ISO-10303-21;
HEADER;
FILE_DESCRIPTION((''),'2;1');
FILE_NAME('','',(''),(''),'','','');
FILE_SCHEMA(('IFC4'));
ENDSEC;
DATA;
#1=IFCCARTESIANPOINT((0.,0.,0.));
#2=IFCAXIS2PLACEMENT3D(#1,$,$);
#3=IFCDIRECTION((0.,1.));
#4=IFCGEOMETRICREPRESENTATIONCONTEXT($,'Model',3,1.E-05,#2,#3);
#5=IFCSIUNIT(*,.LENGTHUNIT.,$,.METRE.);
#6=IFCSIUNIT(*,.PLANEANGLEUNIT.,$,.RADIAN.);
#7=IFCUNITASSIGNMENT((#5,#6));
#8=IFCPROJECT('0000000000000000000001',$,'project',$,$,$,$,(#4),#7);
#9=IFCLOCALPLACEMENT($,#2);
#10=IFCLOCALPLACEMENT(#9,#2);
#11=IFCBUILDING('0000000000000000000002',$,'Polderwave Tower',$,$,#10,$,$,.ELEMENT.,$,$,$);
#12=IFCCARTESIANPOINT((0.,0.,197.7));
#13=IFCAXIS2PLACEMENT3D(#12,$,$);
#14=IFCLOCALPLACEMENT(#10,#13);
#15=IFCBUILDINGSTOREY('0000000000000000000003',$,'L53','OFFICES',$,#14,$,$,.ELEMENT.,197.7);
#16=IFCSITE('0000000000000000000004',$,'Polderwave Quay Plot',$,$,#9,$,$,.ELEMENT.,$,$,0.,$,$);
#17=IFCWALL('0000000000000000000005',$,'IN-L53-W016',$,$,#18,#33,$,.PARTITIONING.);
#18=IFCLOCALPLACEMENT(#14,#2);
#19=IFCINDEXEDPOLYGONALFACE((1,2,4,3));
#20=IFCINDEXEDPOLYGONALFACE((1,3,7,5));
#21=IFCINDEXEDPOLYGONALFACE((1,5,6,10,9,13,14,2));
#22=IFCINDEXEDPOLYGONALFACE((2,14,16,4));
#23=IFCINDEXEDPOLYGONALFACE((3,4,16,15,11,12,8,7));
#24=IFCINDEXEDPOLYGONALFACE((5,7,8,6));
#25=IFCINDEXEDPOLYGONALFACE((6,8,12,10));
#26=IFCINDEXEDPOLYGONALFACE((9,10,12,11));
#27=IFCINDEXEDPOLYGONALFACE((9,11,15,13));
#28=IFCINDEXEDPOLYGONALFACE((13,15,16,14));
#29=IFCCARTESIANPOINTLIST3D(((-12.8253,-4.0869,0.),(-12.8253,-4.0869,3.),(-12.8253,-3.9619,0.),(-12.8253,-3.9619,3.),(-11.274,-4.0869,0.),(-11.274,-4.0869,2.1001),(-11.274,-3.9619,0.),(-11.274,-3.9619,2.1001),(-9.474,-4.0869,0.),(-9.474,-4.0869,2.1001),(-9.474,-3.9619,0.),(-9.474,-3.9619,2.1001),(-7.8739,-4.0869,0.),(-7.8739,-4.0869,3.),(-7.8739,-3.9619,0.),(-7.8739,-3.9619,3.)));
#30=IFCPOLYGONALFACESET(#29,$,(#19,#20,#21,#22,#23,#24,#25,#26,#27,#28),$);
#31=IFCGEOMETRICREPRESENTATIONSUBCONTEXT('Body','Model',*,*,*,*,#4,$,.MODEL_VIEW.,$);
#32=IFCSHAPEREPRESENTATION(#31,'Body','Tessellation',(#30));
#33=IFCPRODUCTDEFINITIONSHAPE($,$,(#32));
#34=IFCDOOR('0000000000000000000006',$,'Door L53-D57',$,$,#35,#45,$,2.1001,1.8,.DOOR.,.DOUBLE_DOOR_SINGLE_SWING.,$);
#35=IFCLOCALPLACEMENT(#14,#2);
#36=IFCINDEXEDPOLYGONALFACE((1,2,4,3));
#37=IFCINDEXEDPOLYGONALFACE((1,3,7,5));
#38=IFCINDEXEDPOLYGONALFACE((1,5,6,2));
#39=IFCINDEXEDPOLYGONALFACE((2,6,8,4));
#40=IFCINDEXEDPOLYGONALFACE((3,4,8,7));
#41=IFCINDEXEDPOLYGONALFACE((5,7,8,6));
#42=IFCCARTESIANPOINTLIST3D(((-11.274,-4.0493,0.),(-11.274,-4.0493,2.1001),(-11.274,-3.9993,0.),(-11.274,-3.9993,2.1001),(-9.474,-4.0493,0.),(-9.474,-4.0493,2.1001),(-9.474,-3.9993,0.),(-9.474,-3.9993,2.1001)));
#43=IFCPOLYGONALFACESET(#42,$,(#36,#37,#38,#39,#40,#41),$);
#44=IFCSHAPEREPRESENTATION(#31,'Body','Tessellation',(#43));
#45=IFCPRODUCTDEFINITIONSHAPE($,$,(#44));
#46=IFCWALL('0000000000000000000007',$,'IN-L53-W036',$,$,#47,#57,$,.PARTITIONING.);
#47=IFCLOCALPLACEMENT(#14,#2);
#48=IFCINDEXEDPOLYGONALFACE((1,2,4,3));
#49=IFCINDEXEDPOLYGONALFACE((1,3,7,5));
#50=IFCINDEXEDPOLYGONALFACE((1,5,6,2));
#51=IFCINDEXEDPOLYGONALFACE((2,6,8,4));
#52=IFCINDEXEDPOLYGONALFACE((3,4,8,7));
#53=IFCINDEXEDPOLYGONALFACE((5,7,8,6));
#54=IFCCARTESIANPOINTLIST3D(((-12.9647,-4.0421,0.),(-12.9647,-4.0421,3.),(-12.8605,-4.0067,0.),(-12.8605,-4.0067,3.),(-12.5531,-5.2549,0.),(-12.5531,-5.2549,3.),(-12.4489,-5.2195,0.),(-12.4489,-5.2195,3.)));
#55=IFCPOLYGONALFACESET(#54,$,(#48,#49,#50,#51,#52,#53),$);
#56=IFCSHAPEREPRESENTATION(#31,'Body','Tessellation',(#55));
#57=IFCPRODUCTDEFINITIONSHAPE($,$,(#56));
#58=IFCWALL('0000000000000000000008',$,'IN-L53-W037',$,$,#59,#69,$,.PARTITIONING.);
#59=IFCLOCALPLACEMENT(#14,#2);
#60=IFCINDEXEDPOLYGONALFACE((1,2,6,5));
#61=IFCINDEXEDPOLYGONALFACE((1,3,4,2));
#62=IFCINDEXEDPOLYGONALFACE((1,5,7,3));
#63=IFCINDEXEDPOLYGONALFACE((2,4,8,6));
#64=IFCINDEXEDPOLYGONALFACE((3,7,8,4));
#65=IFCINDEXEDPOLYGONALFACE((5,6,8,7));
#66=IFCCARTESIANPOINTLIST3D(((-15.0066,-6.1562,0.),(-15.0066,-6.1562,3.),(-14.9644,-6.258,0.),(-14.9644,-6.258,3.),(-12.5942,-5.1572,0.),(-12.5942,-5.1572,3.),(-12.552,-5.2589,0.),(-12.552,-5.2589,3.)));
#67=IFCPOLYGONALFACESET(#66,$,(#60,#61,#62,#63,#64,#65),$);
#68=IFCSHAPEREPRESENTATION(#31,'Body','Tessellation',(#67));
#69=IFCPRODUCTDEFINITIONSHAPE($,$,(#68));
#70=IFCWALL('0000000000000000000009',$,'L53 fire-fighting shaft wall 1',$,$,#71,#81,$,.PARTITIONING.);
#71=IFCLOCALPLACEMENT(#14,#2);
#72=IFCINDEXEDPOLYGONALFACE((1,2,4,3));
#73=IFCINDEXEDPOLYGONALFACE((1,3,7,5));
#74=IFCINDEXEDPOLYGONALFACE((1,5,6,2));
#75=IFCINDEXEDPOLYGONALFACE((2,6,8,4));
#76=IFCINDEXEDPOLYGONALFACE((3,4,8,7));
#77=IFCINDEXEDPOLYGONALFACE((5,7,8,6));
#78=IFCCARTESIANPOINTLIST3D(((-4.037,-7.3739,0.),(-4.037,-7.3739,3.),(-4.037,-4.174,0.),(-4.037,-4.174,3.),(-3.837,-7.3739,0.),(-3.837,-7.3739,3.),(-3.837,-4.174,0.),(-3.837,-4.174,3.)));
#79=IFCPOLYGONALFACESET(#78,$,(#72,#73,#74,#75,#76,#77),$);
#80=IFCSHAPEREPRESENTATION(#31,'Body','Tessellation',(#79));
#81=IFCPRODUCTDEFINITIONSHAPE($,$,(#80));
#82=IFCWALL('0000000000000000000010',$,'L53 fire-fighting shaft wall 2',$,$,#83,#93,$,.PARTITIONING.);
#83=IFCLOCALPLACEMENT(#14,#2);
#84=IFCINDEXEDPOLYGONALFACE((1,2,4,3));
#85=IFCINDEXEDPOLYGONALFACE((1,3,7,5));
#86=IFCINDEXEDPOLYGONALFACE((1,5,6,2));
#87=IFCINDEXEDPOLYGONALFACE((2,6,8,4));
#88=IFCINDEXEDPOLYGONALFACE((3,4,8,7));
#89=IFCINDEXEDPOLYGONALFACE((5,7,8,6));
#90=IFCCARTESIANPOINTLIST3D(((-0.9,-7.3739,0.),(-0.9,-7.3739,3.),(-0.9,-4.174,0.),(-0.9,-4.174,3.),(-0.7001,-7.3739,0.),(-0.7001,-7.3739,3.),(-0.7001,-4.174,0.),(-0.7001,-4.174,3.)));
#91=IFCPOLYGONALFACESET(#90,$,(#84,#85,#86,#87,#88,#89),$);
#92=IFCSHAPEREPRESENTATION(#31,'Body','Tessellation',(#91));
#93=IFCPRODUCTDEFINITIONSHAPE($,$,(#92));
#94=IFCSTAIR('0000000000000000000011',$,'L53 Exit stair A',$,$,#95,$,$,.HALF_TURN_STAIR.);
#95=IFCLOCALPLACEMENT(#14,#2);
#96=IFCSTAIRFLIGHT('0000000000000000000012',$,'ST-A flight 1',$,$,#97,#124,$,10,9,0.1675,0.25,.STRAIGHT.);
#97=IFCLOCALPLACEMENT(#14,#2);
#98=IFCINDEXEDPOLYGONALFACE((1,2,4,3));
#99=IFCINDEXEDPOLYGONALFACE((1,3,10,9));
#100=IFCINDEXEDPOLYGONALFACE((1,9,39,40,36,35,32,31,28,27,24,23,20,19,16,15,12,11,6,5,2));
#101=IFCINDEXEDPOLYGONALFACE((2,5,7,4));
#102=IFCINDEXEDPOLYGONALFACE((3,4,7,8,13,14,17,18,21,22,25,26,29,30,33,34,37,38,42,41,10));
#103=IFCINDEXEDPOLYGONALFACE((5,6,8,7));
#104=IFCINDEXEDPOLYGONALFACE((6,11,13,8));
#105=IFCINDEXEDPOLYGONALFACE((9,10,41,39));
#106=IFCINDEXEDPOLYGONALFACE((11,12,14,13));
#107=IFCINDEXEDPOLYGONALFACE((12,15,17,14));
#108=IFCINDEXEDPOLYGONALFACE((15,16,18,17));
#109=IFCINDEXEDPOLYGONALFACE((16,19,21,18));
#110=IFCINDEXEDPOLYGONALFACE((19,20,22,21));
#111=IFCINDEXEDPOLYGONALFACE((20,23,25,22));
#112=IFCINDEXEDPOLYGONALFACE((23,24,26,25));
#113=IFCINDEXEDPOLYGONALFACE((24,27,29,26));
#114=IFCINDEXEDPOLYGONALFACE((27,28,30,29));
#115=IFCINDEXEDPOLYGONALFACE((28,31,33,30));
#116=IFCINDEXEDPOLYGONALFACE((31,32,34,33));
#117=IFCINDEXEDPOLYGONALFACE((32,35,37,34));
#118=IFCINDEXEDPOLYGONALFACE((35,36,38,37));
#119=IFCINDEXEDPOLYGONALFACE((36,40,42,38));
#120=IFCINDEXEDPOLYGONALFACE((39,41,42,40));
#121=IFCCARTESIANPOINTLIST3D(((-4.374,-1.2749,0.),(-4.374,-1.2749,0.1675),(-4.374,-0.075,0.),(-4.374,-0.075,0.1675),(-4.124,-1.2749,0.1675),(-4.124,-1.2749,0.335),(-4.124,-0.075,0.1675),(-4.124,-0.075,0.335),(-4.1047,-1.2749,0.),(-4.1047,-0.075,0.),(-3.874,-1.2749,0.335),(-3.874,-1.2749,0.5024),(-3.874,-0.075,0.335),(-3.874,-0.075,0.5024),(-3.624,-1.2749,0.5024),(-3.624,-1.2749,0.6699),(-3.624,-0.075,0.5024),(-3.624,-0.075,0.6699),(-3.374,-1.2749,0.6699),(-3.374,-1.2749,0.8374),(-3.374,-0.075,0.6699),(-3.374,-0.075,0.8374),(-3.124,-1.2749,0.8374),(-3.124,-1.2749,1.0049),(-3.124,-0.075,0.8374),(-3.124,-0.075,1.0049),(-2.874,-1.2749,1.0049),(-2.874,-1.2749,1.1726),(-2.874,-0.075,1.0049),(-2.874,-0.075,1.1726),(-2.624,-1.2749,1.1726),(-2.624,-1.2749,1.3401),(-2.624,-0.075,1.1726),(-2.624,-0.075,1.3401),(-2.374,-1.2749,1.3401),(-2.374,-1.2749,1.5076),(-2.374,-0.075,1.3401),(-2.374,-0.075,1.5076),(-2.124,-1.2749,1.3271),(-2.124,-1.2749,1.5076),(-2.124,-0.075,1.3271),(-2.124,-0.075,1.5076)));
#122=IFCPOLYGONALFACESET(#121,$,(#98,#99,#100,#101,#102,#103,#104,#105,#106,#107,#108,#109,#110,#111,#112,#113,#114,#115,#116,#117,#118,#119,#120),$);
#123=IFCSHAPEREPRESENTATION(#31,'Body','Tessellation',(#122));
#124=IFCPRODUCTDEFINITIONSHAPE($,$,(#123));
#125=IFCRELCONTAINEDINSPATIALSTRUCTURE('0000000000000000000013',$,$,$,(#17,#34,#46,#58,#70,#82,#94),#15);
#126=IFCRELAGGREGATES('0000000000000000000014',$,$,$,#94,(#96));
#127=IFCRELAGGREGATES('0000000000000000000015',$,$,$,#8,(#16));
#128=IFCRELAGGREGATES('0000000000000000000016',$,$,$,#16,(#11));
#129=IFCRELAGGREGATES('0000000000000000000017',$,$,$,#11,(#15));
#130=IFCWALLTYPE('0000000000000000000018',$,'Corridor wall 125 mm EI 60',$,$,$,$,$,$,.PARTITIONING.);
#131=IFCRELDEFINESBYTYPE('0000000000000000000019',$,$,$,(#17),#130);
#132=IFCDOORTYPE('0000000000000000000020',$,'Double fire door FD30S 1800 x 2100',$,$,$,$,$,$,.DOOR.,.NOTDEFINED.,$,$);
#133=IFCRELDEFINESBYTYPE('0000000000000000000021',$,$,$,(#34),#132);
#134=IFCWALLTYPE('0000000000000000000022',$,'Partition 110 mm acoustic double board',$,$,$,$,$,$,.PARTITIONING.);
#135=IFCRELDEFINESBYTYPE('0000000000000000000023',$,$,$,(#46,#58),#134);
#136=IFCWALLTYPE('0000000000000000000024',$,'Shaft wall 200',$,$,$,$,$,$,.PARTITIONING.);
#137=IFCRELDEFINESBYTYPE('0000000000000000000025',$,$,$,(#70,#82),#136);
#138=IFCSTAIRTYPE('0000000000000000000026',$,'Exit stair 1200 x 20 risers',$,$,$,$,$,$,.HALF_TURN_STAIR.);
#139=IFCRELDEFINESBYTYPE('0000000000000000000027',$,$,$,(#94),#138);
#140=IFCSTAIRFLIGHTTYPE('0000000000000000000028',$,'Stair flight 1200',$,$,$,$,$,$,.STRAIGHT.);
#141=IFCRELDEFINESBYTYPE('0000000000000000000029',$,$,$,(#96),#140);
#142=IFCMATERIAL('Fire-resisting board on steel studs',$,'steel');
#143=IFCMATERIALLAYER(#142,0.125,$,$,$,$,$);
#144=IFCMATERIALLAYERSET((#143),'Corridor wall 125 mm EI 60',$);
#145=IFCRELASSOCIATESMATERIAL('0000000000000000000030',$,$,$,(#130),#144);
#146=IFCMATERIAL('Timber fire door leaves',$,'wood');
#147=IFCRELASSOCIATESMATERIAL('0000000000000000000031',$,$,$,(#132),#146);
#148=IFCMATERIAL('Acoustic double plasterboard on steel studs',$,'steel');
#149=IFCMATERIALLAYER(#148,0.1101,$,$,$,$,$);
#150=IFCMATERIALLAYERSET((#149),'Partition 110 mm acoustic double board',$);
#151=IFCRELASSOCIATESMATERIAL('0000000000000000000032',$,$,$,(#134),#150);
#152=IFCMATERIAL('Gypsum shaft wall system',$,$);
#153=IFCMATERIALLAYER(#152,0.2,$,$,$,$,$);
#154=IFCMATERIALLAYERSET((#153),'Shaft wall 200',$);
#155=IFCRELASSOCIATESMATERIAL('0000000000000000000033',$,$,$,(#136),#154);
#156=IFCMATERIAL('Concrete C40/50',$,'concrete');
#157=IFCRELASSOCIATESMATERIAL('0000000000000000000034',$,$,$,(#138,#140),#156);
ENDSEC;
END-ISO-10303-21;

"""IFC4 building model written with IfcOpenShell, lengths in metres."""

from ifc_helpers import new_model, si_unit, direction, frame, frame_2d, origin, place, context, subcontext, project, spatial, polyline, rectangle, outline, extrude, material, layer, layer_set, type_object, element, fill, aggregate, save


model = new_model("IFC4")

# Units and contexts
model_context = context("Model", 3, precision=1e-05, world=origin(), true_north=direction((0.0, 1.0)))
body_context = subcontext(model_context, "Body", "Model", "MODEL_VIEW")
ifc_project = project(units=[si_unit("LENGTHUNIT", "METRE"), si_unit("PLANEANGLEUNIT", "RADIAN")], contexts=[model_context])

# Site, building, storey
site_placement = place(None, origin())
site = spatial("IfcSite", under=ifc_project, at=site_placement, Name="Polderwave Quay Plot", CompositionType="ELEMENT", RefElevation=0.0)
building_placement = place(site_placement, origin())
building = spatial("IfcBuilding", under=site, at=building_placement, Name="Polderwave Tower", CompositionType="ELEMENT")
storey_placement = place(building_placement, frame((0.0, 0.0, 197.7)))
storey = spatial("IfcBuildingStorey", under=building, at=storey_placement, Name="L53", Description="OFFICES", CompositionType="ELEMENT", Elevation=197.7)

# Shared definitions
ifc_material_1 = material(Name="Fire-resisting board on steel studs", Category="steel")
ifc_layer_1 = layer(ifc_material_1, 0.125)
ifc_layer_set_1 = layer_set([ifc_layer_1], Name="Corridor wall 125 mm EI 60")
wall_type_1 = type_object("IfcWallType", Name="Corridor wall 125 mm EI 60", PredefinedType="PARTITIONING", material=ifc_layer_set_1)

# Wall, opening, door
wall_1_placement = place(storey_placement, frame((-7.874, -4.0244, 0.0), z_axis=(0.0, 0.0, 1.0), x_axis=(-1.0, 0.0, 0.0)))
wall_1 = element("IfcWall", 1, at=wall_1_placement, inside=storey, type_object=wall_type_1, Name="IN-L53-W016", PredefinedType="PARTITIONING", context=body_context, shape_type="SweptSolid", body=[
    extrude(rectangle(XDim=4.9514, YDim=0.125, at=frame_2d((2.4756, 0.0))), origin(), (0.0, 0.0, 1.0), 3.0),
])
opening_1_placement = place(wall_1_placement, frame((1.6001, 0.0, 0.0)))
opening_1 = element("IfcOpeningElement", 2, at=opening_1_placement, cuts=wall_1, PredefinedType="OPENING", context=body_context, shape_type="SweptSolid", body=[
    extrude(rectangle(XDim=1.8, YDim=2.1001, at=frame_2d((0.8999, 1.05))), frame((0.0, 0.0725, 0.0), z_axis=(0.0, -1.0, 0.0), x_axis=(1.0, 0.0, 0.0)), (0.0, 0.0, 1.0), 0.145),
])
ifc_material_2 = material(Name="Timber fire door leaves", Category="wood")
door_type_1 = type_object("IfcDoorType", Name="Double fire door FD30S 1800 x 2100", OperationType="NOTDEFINED", PredefinedType="DOOR", material=ifc_material_2)
door_1_placement = place(opening_1_placement, origin())
door_1 = element("IfcDoor", 3, at=door_1_placement, inside=storey, type_object=door_type_1, Name="Door L53-D57", OperationType="DOUBLE_DOOR_SINGLE_SWING", OverallHeight=2.1001, OverallWidth=1.8, PredefinedType="DOOR", context=body_context, shape_type="SweptSolid", body=[
    extrude(rectangle(XDim=1.8, YDim=2.1001, at=frame_2d((0.8999, 1.05))), frame((0.0, 0.0249, 0.0), z_axis=(0.0, -1.0, 0.0), x_axis=(1.0, 0.0, 0.0)), (0.0, 0.0, 1.0), 0.05),
])
fill(opening_1, door_1)

# Walls
ifc_material_3 = material(Name="Acoustic double plasterboard on steel studs", Category="steel")
ifc_layer_2 = layer(ifc_material_3, 0.1101)
ifc_layer_set_2 = layer_set([ifc_layer_2], Name="Partition 110 mm acoustic double board")
wall_type_2 = type_object("IfcWallType", Name="Partition 110 mm acoustic double board", PredefinedType="PARTITIONING", material=ifc_layer_set_2)
wall_2_placement = place(storey_placement, frame((-12.9126, -4.0244, 0.0), z_axis=(0.0, 0.0, 1.0), x_axis=(0.32137, -0.946954, 0.0)))
element("IfcWall", 4, at=wall_2_placement, inside=storey, type_object=wall_type_2, Name="IN-L53-W036", PredefinedType="PARTITIONING", context=body_context, shape_type="SweptSolid", body=[
    extrude(rectangle(XDim=1.2808, YDim=0.1101, at=frame_2d((0.6404, 0.0))), origin(), (0.0, 0.0, 1.0), 3.0),
])
wall_3_placement = place(storey_placement, frame((-12.573, -5.208, 0.0), z_axis=(0.0, 0.0, 1.0), x_axis=(-0.923907, -0.382616, 0.0)))
element("IfcWall", 5, at=wall_3_placement, inside=storey, type_object=wall_type_2, Name="IN-L53-W037", PredefinedType="PARTITIONING", context=body_context, shape_type="SweptSolid", body=[
    extrude(rectangle(XDim=2.6111, YDim=0.1101, at=frame_2d((1.3057, 0.0))), origin(), (0.0, 0.0, 1.0), 3.0),
])
ifc_material_4 = material(Name="Gypsum shaft wall system")
ifc_layer_3 = layer(ifc_material_4, 0.2)
ifc_layer_set_3 = layer_set([ifc_layer_3], Name="Shaft wall 200")
wall_type_3 = type_object("IfcWallType", Name="Shaft wall 200", PredefinedType="PARTITIONING", material=ifc_layer_set_3)
for number, where, z_axis, x_axis, name in (
    (6, (-3.937, -7.374, 0.0), (0.0, 0.0, 1.0), (0.0, 1.0, 0.0), "L53 fire-fighting shaft wall 1"),
    (7, (-0.8, -7.374, 0.0), (0.0, 0.0, 1.0), (0.0, 1.0, 0.0), "L53 fire-fighting shaft wall 2"),
):
    element("IfcWall", number, at=place(storey_placement, frame(where, z_axis=z_axis, x_axis=x_axis)), inside=storey, type_object=wall_type_3, Name=name, PredefinedType="PARTITIONING", context=body_context, shape_type="SweptSolid", body=[
        extrude(rectangle(XDim=3.2, YDim=0.2, at=frame_2d((1.6001, 0.0))), origin(), (0.0, 0.0, 1.0), 3.0),
    ])

# Stair, stair flight
ifc_material_5 = material(Name="Concrete C40/50", Category="concrete")
stair_type = type_object("IfcStairType", Name="Exit stair 1200 x 20 risers", PredefinedType="HALF_TURN_STAIR", material=ifc_material_5)
stair_placement = place(storey_placement, origin())
stair = element("IfcStair", 8, at=stair_placement, inside=storey, type_object=stair_type, Name="L53 Exit stair A", PredefinedType="HALF_TURN_STAIR")
stair_flight_type = type_object("IfcStairFlightType", Name="Stair flight 1200", PredefinedType="STRAIGHT", material=ifc_material_5)
stair_flight_placement = place(storey_placement, frame((-4.374, -0.675, 0.0), z_axis=(0.0, 0.0, 1.0), x_axis=(1.0, 0.0, 0.0)))
stair_flight = element("IfcStairFlight", 9, at=stair_flight_placement, type_object=stair_flight_type, Name="ST-A flight 1", NumberOfRisers=10, NumberOfTreads=9, PredefinedType="STRAIGHT", RiserHeight=0.1675, TreadLength=0.25, context=body_context, shape_type="SweptSolid", body=[
    extrude(outline(polyline([(0.0, 0.0), (0.0, 0.1675), (0.25, 0.1675), (0.25, 0.335), (0.5, 0.335), (0.5, 0.5024), (0.75, 0.5024), (0.75, 0.6699), (1.0, 0.6699), (1.0, 0.8374), (1.25, 0.8374), (1.25, 1.0049), (1.5, 1.0049), (1.5, 1.1726), (1.75, 1.1726), (1.75, 1.3401), (2.0, 1.3401), (2.0, 1.5076), (2.25, 1.5076), (2.25, 1.675), (2.25, 1.3271), (0.2693, 0.0), (0.0, 0.0)])), frame((0.0, 0.6001, 0.0), z_axis=(0.0, -1.0, 0.0), x_axis=(1.0, 0.0, 0.0)), (0.0, 0.0, 1.0), 1.2),
])
aggregate(stair, [stair_flight])

save(model, "model.ifc")
